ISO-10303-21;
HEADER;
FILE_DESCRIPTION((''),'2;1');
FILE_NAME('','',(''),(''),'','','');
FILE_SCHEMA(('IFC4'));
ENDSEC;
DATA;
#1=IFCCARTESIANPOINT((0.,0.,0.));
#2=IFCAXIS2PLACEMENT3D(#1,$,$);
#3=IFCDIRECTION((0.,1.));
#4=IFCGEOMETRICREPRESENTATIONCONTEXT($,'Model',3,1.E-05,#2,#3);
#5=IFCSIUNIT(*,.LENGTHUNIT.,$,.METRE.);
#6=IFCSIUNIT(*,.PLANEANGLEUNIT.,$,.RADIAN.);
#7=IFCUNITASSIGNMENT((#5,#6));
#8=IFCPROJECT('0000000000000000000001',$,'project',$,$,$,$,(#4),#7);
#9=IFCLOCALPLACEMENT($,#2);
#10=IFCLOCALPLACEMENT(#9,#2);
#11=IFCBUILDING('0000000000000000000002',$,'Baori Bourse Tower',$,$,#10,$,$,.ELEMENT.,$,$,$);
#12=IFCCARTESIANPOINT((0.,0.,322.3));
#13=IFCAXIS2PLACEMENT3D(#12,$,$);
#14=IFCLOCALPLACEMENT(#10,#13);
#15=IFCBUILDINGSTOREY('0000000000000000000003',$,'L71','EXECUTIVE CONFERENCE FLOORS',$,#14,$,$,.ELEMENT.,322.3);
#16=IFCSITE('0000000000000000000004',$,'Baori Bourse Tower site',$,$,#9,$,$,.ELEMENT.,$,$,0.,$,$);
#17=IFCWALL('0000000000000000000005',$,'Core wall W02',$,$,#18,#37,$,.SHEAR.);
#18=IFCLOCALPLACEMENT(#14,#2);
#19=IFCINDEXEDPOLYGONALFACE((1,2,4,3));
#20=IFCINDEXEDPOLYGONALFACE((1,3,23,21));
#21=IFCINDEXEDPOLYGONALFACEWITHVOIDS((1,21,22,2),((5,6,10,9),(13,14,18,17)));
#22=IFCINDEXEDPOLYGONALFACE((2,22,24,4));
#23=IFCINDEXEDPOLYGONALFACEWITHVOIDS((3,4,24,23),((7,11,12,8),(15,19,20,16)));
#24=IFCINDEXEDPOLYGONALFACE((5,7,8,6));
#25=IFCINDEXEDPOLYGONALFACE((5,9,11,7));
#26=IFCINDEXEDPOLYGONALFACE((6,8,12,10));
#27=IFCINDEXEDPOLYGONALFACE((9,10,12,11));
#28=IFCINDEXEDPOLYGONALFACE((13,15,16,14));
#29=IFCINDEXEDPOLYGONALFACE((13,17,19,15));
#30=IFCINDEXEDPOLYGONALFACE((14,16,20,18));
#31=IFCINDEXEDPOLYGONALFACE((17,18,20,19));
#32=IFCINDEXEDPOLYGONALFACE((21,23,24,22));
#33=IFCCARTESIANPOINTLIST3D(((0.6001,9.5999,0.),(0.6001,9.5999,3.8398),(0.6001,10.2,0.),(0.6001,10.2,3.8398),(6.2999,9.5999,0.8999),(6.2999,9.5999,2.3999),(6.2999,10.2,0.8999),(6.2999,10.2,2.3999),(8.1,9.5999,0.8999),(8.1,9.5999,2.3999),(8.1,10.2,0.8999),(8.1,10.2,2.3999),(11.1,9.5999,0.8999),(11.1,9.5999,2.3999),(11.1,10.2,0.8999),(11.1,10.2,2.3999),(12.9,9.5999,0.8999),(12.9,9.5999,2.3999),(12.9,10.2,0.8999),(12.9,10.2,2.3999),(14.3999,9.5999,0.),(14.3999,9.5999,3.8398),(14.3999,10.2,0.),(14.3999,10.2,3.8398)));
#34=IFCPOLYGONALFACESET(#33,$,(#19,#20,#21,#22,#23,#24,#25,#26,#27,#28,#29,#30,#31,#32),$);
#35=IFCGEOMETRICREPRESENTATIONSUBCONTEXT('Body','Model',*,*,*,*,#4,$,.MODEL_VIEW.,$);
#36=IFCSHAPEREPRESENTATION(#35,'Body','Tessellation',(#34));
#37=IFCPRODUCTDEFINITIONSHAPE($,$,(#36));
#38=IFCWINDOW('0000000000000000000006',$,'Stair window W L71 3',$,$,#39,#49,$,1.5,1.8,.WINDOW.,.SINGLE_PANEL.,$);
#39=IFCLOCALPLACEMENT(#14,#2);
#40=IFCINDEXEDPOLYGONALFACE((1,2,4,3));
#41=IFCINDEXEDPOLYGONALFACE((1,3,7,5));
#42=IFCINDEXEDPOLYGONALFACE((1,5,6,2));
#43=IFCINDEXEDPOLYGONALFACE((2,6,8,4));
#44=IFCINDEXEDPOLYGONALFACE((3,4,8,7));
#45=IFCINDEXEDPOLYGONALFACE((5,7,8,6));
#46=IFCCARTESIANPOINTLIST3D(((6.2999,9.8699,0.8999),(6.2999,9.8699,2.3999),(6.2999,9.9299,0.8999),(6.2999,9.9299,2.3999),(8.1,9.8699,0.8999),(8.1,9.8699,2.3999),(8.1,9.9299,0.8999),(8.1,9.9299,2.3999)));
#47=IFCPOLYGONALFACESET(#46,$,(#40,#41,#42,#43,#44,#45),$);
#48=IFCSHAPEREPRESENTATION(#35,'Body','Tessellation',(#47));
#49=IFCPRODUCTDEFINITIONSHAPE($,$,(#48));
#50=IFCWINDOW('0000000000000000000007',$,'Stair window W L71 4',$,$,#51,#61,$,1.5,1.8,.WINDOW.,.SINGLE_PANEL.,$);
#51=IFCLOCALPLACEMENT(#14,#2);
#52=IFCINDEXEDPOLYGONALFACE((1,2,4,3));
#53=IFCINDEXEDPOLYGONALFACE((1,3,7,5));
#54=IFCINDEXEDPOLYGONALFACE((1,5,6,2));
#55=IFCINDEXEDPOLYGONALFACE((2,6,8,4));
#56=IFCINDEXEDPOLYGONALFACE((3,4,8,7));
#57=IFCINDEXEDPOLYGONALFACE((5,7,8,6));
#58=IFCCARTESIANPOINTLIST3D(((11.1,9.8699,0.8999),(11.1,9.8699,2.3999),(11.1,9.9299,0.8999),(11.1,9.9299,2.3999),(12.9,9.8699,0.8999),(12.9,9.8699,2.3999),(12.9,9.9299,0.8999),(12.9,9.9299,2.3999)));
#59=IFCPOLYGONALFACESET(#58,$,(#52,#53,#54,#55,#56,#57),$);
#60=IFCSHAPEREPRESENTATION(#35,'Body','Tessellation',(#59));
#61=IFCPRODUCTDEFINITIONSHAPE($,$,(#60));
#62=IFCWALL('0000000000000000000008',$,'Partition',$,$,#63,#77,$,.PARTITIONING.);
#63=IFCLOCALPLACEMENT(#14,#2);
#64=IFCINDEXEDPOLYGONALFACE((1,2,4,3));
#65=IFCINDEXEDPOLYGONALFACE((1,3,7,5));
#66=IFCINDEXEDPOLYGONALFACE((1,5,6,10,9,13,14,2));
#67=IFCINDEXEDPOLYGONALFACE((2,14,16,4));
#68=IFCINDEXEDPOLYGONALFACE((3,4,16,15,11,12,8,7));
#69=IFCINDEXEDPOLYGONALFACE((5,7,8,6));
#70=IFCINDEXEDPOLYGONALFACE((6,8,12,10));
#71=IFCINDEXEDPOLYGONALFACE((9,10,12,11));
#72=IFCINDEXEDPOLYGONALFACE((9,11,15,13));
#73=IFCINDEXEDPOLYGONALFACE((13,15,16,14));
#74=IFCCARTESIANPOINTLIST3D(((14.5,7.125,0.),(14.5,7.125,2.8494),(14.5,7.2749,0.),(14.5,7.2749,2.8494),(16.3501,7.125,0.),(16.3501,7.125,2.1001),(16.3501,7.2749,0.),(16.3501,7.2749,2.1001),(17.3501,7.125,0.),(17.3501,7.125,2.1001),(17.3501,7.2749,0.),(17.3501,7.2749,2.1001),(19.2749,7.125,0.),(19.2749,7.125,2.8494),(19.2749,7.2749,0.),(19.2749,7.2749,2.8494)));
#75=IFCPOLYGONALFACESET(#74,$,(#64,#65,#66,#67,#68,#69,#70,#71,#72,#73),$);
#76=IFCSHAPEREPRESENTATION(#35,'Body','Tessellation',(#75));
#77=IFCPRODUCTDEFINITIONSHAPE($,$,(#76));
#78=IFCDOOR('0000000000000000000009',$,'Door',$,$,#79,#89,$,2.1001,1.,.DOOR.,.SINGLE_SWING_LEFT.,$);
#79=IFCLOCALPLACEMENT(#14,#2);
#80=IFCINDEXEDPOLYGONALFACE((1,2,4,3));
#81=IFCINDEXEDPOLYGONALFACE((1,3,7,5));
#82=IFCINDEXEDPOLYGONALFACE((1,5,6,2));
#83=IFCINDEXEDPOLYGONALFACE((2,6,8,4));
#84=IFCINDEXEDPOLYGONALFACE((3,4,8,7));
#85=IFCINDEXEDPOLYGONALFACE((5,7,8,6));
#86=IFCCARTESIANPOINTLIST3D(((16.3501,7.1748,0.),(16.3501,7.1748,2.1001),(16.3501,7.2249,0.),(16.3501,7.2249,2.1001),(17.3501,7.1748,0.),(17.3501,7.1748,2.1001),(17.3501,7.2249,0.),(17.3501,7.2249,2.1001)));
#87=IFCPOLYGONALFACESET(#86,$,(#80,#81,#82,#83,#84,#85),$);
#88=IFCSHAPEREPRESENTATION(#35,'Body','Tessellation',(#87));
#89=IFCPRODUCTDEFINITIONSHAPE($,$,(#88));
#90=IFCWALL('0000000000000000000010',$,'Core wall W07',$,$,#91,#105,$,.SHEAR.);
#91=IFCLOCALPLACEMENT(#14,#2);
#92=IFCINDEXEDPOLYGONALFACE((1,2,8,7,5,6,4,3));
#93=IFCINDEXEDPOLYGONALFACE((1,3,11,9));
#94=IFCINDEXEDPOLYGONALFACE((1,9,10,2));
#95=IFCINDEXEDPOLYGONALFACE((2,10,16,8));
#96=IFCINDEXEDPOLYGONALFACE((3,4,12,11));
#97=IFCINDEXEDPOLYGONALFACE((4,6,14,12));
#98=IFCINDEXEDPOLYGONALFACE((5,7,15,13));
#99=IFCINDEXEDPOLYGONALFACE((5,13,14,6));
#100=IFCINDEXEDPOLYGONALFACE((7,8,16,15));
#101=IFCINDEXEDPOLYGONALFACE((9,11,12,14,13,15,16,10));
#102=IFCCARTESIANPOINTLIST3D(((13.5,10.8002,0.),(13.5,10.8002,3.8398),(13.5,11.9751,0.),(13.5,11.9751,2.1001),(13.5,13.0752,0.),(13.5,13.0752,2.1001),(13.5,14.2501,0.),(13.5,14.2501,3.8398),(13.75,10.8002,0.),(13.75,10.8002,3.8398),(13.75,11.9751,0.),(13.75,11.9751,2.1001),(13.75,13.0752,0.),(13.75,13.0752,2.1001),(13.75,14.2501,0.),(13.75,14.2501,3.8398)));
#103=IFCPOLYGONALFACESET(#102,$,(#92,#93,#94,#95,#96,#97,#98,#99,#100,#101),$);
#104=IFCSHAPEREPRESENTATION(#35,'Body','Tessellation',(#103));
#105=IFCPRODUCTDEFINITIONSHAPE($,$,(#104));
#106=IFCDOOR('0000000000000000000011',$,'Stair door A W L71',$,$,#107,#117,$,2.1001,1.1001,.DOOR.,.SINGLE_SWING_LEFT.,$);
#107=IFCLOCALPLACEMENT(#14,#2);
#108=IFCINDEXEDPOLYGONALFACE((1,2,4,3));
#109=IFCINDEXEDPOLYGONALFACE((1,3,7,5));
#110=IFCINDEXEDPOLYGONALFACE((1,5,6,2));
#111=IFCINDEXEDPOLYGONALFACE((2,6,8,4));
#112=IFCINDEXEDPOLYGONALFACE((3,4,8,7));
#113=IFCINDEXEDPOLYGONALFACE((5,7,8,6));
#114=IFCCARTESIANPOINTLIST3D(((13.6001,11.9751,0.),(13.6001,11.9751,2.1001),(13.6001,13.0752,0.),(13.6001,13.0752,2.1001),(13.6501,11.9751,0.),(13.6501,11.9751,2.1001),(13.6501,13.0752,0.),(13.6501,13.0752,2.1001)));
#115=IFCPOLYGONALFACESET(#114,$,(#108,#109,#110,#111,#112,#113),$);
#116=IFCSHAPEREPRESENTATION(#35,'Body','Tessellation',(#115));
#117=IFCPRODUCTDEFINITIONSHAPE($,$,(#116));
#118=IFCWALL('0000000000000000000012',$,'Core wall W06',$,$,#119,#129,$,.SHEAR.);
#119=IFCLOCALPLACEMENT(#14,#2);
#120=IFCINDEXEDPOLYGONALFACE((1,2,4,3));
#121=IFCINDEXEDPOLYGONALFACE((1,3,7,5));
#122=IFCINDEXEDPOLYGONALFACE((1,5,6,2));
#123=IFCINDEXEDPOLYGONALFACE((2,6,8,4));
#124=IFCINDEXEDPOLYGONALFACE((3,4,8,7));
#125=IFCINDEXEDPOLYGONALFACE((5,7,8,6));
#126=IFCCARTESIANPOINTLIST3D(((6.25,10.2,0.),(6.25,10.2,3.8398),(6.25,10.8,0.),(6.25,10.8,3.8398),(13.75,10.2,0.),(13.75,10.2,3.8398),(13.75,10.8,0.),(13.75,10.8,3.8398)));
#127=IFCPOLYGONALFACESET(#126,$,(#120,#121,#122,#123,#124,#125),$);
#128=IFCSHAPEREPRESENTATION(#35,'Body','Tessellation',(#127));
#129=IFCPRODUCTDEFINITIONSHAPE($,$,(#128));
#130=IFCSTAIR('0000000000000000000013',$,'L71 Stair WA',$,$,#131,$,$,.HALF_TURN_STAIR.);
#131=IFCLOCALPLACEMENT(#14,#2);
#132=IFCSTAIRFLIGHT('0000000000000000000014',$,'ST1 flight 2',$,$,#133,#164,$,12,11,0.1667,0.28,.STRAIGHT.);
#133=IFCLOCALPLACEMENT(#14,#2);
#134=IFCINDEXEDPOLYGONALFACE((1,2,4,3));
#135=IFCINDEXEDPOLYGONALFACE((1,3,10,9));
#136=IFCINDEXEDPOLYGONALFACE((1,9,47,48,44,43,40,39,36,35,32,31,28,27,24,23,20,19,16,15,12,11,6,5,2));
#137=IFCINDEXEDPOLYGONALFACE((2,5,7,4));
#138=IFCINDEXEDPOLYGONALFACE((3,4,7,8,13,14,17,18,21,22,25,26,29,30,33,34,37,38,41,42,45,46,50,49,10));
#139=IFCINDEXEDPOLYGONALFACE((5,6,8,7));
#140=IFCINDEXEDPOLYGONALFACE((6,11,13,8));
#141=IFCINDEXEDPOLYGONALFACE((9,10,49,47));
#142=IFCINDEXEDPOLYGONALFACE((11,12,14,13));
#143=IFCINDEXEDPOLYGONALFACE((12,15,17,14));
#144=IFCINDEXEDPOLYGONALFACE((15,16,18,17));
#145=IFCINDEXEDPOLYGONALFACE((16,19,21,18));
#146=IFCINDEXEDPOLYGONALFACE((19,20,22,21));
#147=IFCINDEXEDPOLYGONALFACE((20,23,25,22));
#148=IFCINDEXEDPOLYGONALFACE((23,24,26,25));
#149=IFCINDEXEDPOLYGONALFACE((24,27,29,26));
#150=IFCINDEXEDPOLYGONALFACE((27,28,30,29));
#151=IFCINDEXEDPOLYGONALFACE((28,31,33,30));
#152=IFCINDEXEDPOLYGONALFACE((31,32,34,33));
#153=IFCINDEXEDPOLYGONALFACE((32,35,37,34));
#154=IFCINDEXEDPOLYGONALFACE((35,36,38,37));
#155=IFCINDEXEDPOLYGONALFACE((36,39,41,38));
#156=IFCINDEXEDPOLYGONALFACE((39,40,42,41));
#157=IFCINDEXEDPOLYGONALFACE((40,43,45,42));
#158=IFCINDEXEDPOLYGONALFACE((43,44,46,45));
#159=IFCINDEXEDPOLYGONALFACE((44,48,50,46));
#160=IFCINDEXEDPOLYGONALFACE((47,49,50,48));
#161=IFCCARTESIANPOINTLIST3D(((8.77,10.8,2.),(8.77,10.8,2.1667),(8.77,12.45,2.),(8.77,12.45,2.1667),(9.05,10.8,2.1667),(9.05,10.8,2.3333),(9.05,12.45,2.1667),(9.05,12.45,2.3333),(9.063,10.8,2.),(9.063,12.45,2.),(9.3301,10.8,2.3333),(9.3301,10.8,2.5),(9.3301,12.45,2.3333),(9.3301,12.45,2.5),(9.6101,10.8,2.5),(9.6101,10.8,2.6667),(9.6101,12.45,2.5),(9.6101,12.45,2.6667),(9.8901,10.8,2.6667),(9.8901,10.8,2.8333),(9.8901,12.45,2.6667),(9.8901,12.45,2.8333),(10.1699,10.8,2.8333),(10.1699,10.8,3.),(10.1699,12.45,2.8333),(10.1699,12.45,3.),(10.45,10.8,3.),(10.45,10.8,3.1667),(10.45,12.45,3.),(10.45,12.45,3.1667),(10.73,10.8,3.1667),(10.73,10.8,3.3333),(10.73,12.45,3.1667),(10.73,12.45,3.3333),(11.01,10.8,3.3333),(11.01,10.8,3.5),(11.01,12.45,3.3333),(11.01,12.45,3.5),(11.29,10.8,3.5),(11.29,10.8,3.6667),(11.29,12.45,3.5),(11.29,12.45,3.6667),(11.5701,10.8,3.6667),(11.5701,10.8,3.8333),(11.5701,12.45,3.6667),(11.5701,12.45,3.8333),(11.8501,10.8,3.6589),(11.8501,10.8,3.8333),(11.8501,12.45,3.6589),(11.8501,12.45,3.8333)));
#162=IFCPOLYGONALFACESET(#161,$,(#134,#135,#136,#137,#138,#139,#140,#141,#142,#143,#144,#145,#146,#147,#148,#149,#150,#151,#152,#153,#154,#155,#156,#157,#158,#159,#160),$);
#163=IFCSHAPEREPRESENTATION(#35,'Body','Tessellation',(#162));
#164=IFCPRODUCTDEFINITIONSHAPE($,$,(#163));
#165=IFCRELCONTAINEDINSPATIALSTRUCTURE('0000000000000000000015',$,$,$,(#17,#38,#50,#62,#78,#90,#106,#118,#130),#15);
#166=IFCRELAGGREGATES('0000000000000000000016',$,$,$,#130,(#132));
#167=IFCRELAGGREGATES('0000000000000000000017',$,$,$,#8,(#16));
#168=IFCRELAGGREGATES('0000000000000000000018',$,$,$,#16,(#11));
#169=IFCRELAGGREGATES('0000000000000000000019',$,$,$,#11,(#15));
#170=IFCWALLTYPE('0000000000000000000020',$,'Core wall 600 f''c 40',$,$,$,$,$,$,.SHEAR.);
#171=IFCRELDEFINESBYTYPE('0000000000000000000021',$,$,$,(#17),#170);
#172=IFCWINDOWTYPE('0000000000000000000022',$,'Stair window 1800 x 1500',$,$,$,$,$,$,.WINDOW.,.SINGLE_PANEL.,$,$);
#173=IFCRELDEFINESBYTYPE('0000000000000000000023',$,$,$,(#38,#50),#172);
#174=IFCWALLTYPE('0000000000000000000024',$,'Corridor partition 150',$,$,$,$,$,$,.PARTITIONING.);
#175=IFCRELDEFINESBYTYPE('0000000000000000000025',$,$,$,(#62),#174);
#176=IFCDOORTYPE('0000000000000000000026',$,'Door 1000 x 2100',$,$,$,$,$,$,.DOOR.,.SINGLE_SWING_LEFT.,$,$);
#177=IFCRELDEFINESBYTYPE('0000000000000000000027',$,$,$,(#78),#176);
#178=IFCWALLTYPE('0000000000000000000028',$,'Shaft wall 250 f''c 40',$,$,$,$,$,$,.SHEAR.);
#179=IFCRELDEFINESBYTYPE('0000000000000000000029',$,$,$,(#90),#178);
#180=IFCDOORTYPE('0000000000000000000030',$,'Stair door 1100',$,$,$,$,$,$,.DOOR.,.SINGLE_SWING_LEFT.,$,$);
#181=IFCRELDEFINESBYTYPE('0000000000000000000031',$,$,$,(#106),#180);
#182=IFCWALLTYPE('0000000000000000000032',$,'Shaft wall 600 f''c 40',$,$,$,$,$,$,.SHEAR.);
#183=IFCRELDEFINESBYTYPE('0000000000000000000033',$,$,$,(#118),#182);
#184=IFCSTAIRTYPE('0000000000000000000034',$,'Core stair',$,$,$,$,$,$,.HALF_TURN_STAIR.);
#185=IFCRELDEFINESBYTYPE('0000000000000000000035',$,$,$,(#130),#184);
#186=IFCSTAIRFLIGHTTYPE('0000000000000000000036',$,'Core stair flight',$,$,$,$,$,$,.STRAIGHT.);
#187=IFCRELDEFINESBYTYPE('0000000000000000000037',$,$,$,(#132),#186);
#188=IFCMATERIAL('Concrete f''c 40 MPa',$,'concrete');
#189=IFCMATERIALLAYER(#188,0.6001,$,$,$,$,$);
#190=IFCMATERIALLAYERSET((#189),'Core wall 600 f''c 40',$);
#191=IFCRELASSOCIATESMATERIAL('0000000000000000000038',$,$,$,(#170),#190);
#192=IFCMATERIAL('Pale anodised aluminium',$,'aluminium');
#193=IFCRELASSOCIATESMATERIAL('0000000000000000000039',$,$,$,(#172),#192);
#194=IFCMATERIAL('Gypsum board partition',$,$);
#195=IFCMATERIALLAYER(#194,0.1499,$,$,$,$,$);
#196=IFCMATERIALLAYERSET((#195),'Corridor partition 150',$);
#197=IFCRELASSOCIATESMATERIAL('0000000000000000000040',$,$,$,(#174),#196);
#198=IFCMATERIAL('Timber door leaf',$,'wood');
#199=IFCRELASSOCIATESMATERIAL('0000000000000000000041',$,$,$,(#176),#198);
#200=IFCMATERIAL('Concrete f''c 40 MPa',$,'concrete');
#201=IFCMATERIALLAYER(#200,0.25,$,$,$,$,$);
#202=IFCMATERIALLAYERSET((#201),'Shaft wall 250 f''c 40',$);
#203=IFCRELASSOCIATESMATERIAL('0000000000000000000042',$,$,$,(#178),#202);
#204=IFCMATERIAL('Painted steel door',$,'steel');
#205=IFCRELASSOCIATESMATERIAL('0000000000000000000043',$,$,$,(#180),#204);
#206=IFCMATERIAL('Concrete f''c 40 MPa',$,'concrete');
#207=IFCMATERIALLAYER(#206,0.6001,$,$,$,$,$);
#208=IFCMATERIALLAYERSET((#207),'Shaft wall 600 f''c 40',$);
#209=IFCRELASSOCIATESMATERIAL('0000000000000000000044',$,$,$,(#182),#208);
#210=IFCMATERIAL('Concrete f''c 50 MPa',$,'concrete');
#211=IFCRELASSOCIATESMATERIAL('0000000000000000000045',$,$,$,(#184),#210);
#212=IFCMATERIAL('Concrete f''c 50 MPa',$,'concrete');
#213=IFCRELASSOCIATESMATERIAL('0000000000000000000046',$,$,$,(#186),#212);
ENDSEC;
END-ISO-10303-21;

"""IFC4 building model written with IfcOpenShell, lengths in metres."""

from ifc_helpers import new_model, si_unit, direction, frame, frame_2d, origin, place, context, subcontext, project, spatial, polyline, rectangle, outline, extrude, material, layer, layer_set, type_object, element, fill, aggregate, save


model = new_model("IFC4")

# Units and contexts
model_context = context("Model", 3, precision=1e-05, world=origin(), true_north=direction((0.0, 1.0)))
body_context = subcontext(model_context, "Body", "Model", "MODEL_VIEW")
ifc_project = project(units=[si_unit("LENGTHUNIT", "METRE"), si_unit("PLANEANGLEUNIT", "RADIAN")], contexts=[model_context])

# Site, building, storey
site_placement = place(None, origin())
site = spatial("IfcSite", under=ifc_project, at=site_placement, Name="Baori Bourse Tower site", CompositionType="ELEMENT", RefElevation=0.0)
building_placement = place(site_placement, origin())
building = spatial("IfcBuilding", under=site, at=building_placement, Name="Baori Bourse Tower", CompositionType="ELEMENT")
storey_placement = place(building_placement, frame((0.0, 0.0, 322.3)))
storey = spatial("IfcBuildingStorey", under=building, at=storey_placement, Name="L71", Description="EXECUTIVE CONFERENCE FLOORS", CompositionType="ELEMENT", Elevation=322.3)

# Wall, openings, windows
ifc_material_1 = material(Name="Concrete f'c 40 MPa", Category="concrete")
ifc_layer_1 = layer(ifc_material_1, 0.6001)
ifc_layer_set_1 = layer_set([ifc_layer_1], Name="Core wall 600 f'c 40")
wall_type_1 = type_object("IfcWallType", Name="Core wall 600 f'c 40", PredefinedType="SHEAR", material=ifc_layer_set_1)
wall_1_placement = place(storey_placement, frame((14.3999, 9.8999, 0.0), z_axis=(0.0, 0.0, 1.0), x_axis=(-1.0, 0.0, 0.0)))
wall_1 = element("IfcWall", 1, at=wall_1_placement, inside=storey, type_object=wall_type_1, Name="Core wall W02", PredefinedType="SHEAR", context=body_context, shape_type="SweptSolid", body=[
    extrude(rectangle(XDim=13.7998, YDim=0.6001, at=frame_2d((6.8999, 0.0))), origin(), (0.0, 0.0, 1.0), 3.8398),
])
opening_1_placement = place(wall_1_placement, frame((6.3, 0.0, 0.8999)))
opening_1 = element("IfcOpeningElement", 2, at=opening_1_placement, cuts=wall_1, PredefinedType="OPENING", context=body_context, shape_type="SweptSolid", body=[
    extrude(rectangle(XDim=1.8, YDim=1.5, at=frame_2d((0.8999, 0.75))), frame((0.0, 0.3101, 0.0), z_axis=(0.0, -1.0, 0.0), x_axis=(1.0, 0.0, 0.0)), (0.0, 0.0, 1.0), 0.6201),
])
opening_2_placement = place(wall_1_placement, frame((1.5, 0.0, 0.8999)))
opening_2 = element("IfcOpeningElement", 3, at=opening_2_placement, cuts=wall_1, PredefinedType="OPENING", context=body_context, shape_type="SweptSolid", body=[
    extrude(rectangle(XDim=1.8, YDim=1.5, at=frame_2d((0.8999, 0.75))), frame((0.0, 0.3101, 0.0), z_axis=(0.0, -1.0, 0.0), x_axis=(1.0, 0.0, 0.0)), (0.0, 0.0, 1.0), 0.6201),
])
ifc_material_2 = material(Name="Pale anodised aluminium", Category="aluminium")
window_type = type_object("IfcWindowType", Name="Stair window 1800 x 1500", PartitioningType="SINGLE_PANEL", PredefinedType="WINDOW", material=ifc_material_2)
window_1_placement = place(opening_1_placement, origin())
window_1 = element("IfcWindow", 4, at=window_1_placement, inside=storey, type_object=window_type, Name="Stair window W L71 3", OverallHeight=1.5, OverallWidth=1.8, PartitioningType="SINGLE_PANEL", PredefinedType="WINDOW", context=body_context, shape_type="SweptSolid", body=[
    extrude(rectangle(XDim=1.8, YDim=1.5, at=frame_2d((0.8999, 0.75))), frame((0.0, 0.03, 0.0), z_axis=(0.0, -1.0, 0.0), x_axis=(1.0, 0.0, 0.0)), (0.0, 0.0, 1.0), 0.0601),
])
fill(opening_1, window_1)
window_2_placement = place(opening_2_placement, origin())
window_2 = element("IfcWindow", 5, at=window_2_placement, inside=storey, type_object=window_type, Name="Stair window W L71 4", OverallHeight=1.5, OverallWidth=1.8, PartitioningType="SINGLE_PANEL", PredefinedType="WINDOW", context=body_context, shape_type="SweptSolid", body=[
    extrude(rectangle(XDim=1.8, YDim=1.5, at=frame_2d((0.8999, 0.75))), frame((0.0, 0.03, 0.0), z_axis=(0.0, -1.0, 0.0), x_axis=(1.0, 0.0, 0.0)), (0.0, 0.0, 1.0), 0.0601),
])
fill(opening_2, window_2)

# Walls, openings, doors
ifc_material_3 = material(Name="Gypsum board partition")
ifc_layer_2 = layer(ifc_material_3, 0.1499)
ifc_layer_set_2 = layer_set([ifc_layer_2], Name="Corridor partition 150")
wall_type_2 = type_object("IfcWallType", Name="Corridor partition 150", PredefinedType="PARTITIONING", material=ifc_layer_set_2)
wall_2_placement = place(storey_placement, frame((14.5, 7.2, 0.0), z_axis=(0.0, 0.0, 1.0), x_axis=(1.0, 0.0, 0.0)))
wall_2 = element("IfcWall", 6, at=wall_2_placement, inside=storey, type_object=wall_type_2, Name="Partition", PredefinedType="PARTITIONING", context=body_context, shape_type="SweptSolid", body=[
    extrude(rectangle(XDim=4.7749, YDim=0.1499, at=frame_2d((2.3875, 0.0))), origin(), (0.0, 0.0, 1.0), 2.8494),
])
opening_3_placement = place(wall_2_placement, frame((1.8501, 0.0, 0.0)))
opening_3 = element("IfcOpeningElement", 7, at=opening_3_placement, cuts=wall_2, PredefinedType="OPENING", context=body_context, shape_type="SweptSolid", body=[
    extrude(rectangle(XDim=1.0, YDim=2.1001, at=frame_2d((0.5, 1.05))), frame((0.0, 0.085, 0.0), z_axis=(0.0, -1.0, 0.0), x_axis=(1.0, 0.0, 0.0)), (0.0, 0.0, 1.0), 0.1699),
])
ifc_material_4 = material(Name="Timber door leaf", Category="wood")
door_type_1 = type_object("IfcDoorType", Name="Door 1000 x 2100", OperationType="SINGLE_SWING_LEFT", PredefinedType="DOOR", material=ifc_material_4)
door_1_placement = place(opening_3_placement, origin())
door_1 = element("IfcDoor", 8, at=door_1_placement, inside=storey, type_object=door_type_1, Name="Door", OperationType="SINGLE_SWING_LEFT", OverallHeight=2.1001, OverallWidth=1.0, PredefinedType="DOOR", context=body_context, shape_type="SweptSolid", body=[
    extrude(rectangle(XDim=1.0, YDim=2.1001, at=frame_2d((0.5, 1.05))), frame((0.0, 0.0249, 0.0), z_axis=(0.0, -1.0, 0.0), x_axis=(1.0, 0.0, 0.0)), (0.0, 0.0, 1.0), 0.05),
])
fill(opening_3, door_1)
ifc_material_5 = material(Name="Concrete f'c 40 MPa", Category="concrete")
ifc_layer_3 = layer(ifc_material_5, 0.25)
ifc_layer_set_3 = layer_set([ifc_layer_3], Name="Shaft wall 250 f'c 40")
wall_type_3 = type_object("IfcWallType", Name="Shaft wall 250 f'c 40", PredefinedType="SHEAR", material=ifc_layer_set_3)
wall_3_placement = place(storey_placement, frame((13.625, 10.8, 0.0), z_axis=(0.0, 0.0, 1.0), x_axis=(0.0, 1.0, 0.0)))
wall_3 = element("IfcWall", 9, at=wall_3_placement, inside=storey, type_object=wall_type_3, Name="Core wall W07", PredefinedType="SHEAR", context=body_context, shape_type="SweptSolid", body=[
    extrude(rectangle(XDim=3.45, YDim=0.25, at=frame_2d((1.7251, 0.0))), origin(), (0.0, 0.0, 1.0), 3.8398),
])
opening_4_placement = place(wall_3_placement, frame((1.175, 0.0, 0.0)))
opening_4 = element("IfcOpeningElement", 10, at=opening_4_placement, cuts=wall_3, PredefinedType="OPENING", context=body_context, shape_type="SweptSolid", body=[
    extrude(rectangle(XDim=1.1001, YDim=2.1001, at=frame_2d((0.55, 1.05))), frame((0.0, 0.135, 0.0), z_axis=(0.0, -1.0, 0.0), x_axis=(1.0, 0.0, 0.0)), (0.0, 0.0, 1.0), 0.27),
])
ifc_material_6 = material(Name="Painted steel door", Category="steel")
door_type_2 = type_object("IfcDoorType", Name="Stair door 1100", OperationType="SINGLE_SWING_LEFT", PredefinedType="DOOR", material=ifc_material_6)
door_2_placement = place(opening_4_placement, origin())
door_2 = element("IfcDoor", 11, at=door_2_placement, inside=storey, type_object=door_type_2, Name="Stair door A W L71", OperationType="SINGLE_SWING_LEFT", OverallHeight=2.1001, OverallWidth=1.1001, PredefinedType="DOOR", context=body_context, shape_type="SweptSolid", body=[
    extrude(rectangle(XDim=1.1001, YDim=2.1001, at=frame_2d((0.55, 1.05))), frame((0.0, 0.0249, 0.0), z_axis=(0.0, -1.0, 0.0), x_axis=(1.0, 0.0, 0.0)), (0.0, 0.0, 1.0), 0.05),
])
fill(opening_4, door_2)

# Wall
ifc_material_7 = material(Name="Concrete f'c 40 MPa", Category="concrete")
ifc_layer_4 = layer(ifc_material_7, 0.6001)
ifc_layer_set_4 = layer_set([ifc_layer_4], Name="Shaft wall 600 f'c 40")
wall_type_4 = type_object("IfcWallType", Name="Shaft wall 600 f'c 40", PredefinedType="SHEAR", material=ifc_layer_set_4)
wall_4_placement = place(storey_placement, frame((6.25, 10.5, 0.0), z_axis=(0.0, 0.0, 1.0), x_axis=(1.0, 0.0, 0.0)))
element("IfcWall", 12, at=wall_4_placement, inside=storey, type_object=wall_type_4, Name="Core wall W06", PredefinedType="SHEAR", context=body_context, shape_type="SweptSolid", body=[
    extrude(rectangle(XDim=7.5, YDim=0.6001, at=frame_2d((3.75, 0.0))), origin(), (0.0, 0.0, 1.0), 3.8398),
])

# Stair, stair flight
ifc_material_8 = material(Name="Concrete f'c 50 MPa", Category="concrete")
stair_type = type_object("IfcStairType", Name="Core stair", PredefinedType="HALF_TURN_STAIR", material=ifc_material_8)
stair_placement = place(storey_placement, origin())
stair = element("IfcStair", 13, at=stair_placement, inside=storey, type_object=stair_type, Name="L71 Stair WA", PredefinedType="HALF_TURN_STAIR")
ifc_material_9 = material(Name="Concrete f'c 50 MPa", Category="concrete")
stair_flight_type = type_object("IfcStairFlightType", Name="Core stair flight", PredefinedType="STRAIGHT", material=ifc_material_9)
stair_flight_placement = place(storey_placement, frame((8.77, 11.625, 2.0), z_axis=(0.0, 0.0, 1.0), x_axis=(1.0, 0.0, 0.0)))
stair_flight = element("IfcStairFlight", 14, at=stair_flight_placement, type_object=stair_flight_type, Name="ST1 flight 2", NumberOfRisers=12, NumberOfTreads=11, PredefinedType="STRAIGHT", RiserHeight=0.1667, TreadLength=0.28, context=body_context, shape_type="SweptSolid", body=[
    extrude(outline(polyline([(0.0, 0.0), (0.0, 0.1667), (0.28, 0.1667), (0.28, 0.3333), (0.5601, 0.3333), (0.5601, 0.5), (0.8401, 0.5), (0.8401, 0.6667), (1.1201, 0.6667), (1.1201, 0.8333), (1.3999, 0.8333), (1.3999, 1.0), (1.6799, 1.0), (1.6799, 1.1667), (1.96, 1.1667), (1.96, 1.3333), (2.24, 1.3333), (2.24, 1.5), (2.52, 1.5), (2.52, 1.6667), (2.8, 1.6667), (2.8, 1.8333), (3.0801, 1.8333), (3.0801, 2.0), (3.0801, 1.6589), (0.293, 0.0), (0.0, 0.0)])), frame((0.0, 0.825, 0.0), z_axis=(0.0, -1.0, 0.0), x_axis=(1.0, 0.0, 0.0)), (0.0, 0.0, 1.0), 1.6499),
])
aggregate(stair, [stair_flight])

save(model, "model.ifc")
